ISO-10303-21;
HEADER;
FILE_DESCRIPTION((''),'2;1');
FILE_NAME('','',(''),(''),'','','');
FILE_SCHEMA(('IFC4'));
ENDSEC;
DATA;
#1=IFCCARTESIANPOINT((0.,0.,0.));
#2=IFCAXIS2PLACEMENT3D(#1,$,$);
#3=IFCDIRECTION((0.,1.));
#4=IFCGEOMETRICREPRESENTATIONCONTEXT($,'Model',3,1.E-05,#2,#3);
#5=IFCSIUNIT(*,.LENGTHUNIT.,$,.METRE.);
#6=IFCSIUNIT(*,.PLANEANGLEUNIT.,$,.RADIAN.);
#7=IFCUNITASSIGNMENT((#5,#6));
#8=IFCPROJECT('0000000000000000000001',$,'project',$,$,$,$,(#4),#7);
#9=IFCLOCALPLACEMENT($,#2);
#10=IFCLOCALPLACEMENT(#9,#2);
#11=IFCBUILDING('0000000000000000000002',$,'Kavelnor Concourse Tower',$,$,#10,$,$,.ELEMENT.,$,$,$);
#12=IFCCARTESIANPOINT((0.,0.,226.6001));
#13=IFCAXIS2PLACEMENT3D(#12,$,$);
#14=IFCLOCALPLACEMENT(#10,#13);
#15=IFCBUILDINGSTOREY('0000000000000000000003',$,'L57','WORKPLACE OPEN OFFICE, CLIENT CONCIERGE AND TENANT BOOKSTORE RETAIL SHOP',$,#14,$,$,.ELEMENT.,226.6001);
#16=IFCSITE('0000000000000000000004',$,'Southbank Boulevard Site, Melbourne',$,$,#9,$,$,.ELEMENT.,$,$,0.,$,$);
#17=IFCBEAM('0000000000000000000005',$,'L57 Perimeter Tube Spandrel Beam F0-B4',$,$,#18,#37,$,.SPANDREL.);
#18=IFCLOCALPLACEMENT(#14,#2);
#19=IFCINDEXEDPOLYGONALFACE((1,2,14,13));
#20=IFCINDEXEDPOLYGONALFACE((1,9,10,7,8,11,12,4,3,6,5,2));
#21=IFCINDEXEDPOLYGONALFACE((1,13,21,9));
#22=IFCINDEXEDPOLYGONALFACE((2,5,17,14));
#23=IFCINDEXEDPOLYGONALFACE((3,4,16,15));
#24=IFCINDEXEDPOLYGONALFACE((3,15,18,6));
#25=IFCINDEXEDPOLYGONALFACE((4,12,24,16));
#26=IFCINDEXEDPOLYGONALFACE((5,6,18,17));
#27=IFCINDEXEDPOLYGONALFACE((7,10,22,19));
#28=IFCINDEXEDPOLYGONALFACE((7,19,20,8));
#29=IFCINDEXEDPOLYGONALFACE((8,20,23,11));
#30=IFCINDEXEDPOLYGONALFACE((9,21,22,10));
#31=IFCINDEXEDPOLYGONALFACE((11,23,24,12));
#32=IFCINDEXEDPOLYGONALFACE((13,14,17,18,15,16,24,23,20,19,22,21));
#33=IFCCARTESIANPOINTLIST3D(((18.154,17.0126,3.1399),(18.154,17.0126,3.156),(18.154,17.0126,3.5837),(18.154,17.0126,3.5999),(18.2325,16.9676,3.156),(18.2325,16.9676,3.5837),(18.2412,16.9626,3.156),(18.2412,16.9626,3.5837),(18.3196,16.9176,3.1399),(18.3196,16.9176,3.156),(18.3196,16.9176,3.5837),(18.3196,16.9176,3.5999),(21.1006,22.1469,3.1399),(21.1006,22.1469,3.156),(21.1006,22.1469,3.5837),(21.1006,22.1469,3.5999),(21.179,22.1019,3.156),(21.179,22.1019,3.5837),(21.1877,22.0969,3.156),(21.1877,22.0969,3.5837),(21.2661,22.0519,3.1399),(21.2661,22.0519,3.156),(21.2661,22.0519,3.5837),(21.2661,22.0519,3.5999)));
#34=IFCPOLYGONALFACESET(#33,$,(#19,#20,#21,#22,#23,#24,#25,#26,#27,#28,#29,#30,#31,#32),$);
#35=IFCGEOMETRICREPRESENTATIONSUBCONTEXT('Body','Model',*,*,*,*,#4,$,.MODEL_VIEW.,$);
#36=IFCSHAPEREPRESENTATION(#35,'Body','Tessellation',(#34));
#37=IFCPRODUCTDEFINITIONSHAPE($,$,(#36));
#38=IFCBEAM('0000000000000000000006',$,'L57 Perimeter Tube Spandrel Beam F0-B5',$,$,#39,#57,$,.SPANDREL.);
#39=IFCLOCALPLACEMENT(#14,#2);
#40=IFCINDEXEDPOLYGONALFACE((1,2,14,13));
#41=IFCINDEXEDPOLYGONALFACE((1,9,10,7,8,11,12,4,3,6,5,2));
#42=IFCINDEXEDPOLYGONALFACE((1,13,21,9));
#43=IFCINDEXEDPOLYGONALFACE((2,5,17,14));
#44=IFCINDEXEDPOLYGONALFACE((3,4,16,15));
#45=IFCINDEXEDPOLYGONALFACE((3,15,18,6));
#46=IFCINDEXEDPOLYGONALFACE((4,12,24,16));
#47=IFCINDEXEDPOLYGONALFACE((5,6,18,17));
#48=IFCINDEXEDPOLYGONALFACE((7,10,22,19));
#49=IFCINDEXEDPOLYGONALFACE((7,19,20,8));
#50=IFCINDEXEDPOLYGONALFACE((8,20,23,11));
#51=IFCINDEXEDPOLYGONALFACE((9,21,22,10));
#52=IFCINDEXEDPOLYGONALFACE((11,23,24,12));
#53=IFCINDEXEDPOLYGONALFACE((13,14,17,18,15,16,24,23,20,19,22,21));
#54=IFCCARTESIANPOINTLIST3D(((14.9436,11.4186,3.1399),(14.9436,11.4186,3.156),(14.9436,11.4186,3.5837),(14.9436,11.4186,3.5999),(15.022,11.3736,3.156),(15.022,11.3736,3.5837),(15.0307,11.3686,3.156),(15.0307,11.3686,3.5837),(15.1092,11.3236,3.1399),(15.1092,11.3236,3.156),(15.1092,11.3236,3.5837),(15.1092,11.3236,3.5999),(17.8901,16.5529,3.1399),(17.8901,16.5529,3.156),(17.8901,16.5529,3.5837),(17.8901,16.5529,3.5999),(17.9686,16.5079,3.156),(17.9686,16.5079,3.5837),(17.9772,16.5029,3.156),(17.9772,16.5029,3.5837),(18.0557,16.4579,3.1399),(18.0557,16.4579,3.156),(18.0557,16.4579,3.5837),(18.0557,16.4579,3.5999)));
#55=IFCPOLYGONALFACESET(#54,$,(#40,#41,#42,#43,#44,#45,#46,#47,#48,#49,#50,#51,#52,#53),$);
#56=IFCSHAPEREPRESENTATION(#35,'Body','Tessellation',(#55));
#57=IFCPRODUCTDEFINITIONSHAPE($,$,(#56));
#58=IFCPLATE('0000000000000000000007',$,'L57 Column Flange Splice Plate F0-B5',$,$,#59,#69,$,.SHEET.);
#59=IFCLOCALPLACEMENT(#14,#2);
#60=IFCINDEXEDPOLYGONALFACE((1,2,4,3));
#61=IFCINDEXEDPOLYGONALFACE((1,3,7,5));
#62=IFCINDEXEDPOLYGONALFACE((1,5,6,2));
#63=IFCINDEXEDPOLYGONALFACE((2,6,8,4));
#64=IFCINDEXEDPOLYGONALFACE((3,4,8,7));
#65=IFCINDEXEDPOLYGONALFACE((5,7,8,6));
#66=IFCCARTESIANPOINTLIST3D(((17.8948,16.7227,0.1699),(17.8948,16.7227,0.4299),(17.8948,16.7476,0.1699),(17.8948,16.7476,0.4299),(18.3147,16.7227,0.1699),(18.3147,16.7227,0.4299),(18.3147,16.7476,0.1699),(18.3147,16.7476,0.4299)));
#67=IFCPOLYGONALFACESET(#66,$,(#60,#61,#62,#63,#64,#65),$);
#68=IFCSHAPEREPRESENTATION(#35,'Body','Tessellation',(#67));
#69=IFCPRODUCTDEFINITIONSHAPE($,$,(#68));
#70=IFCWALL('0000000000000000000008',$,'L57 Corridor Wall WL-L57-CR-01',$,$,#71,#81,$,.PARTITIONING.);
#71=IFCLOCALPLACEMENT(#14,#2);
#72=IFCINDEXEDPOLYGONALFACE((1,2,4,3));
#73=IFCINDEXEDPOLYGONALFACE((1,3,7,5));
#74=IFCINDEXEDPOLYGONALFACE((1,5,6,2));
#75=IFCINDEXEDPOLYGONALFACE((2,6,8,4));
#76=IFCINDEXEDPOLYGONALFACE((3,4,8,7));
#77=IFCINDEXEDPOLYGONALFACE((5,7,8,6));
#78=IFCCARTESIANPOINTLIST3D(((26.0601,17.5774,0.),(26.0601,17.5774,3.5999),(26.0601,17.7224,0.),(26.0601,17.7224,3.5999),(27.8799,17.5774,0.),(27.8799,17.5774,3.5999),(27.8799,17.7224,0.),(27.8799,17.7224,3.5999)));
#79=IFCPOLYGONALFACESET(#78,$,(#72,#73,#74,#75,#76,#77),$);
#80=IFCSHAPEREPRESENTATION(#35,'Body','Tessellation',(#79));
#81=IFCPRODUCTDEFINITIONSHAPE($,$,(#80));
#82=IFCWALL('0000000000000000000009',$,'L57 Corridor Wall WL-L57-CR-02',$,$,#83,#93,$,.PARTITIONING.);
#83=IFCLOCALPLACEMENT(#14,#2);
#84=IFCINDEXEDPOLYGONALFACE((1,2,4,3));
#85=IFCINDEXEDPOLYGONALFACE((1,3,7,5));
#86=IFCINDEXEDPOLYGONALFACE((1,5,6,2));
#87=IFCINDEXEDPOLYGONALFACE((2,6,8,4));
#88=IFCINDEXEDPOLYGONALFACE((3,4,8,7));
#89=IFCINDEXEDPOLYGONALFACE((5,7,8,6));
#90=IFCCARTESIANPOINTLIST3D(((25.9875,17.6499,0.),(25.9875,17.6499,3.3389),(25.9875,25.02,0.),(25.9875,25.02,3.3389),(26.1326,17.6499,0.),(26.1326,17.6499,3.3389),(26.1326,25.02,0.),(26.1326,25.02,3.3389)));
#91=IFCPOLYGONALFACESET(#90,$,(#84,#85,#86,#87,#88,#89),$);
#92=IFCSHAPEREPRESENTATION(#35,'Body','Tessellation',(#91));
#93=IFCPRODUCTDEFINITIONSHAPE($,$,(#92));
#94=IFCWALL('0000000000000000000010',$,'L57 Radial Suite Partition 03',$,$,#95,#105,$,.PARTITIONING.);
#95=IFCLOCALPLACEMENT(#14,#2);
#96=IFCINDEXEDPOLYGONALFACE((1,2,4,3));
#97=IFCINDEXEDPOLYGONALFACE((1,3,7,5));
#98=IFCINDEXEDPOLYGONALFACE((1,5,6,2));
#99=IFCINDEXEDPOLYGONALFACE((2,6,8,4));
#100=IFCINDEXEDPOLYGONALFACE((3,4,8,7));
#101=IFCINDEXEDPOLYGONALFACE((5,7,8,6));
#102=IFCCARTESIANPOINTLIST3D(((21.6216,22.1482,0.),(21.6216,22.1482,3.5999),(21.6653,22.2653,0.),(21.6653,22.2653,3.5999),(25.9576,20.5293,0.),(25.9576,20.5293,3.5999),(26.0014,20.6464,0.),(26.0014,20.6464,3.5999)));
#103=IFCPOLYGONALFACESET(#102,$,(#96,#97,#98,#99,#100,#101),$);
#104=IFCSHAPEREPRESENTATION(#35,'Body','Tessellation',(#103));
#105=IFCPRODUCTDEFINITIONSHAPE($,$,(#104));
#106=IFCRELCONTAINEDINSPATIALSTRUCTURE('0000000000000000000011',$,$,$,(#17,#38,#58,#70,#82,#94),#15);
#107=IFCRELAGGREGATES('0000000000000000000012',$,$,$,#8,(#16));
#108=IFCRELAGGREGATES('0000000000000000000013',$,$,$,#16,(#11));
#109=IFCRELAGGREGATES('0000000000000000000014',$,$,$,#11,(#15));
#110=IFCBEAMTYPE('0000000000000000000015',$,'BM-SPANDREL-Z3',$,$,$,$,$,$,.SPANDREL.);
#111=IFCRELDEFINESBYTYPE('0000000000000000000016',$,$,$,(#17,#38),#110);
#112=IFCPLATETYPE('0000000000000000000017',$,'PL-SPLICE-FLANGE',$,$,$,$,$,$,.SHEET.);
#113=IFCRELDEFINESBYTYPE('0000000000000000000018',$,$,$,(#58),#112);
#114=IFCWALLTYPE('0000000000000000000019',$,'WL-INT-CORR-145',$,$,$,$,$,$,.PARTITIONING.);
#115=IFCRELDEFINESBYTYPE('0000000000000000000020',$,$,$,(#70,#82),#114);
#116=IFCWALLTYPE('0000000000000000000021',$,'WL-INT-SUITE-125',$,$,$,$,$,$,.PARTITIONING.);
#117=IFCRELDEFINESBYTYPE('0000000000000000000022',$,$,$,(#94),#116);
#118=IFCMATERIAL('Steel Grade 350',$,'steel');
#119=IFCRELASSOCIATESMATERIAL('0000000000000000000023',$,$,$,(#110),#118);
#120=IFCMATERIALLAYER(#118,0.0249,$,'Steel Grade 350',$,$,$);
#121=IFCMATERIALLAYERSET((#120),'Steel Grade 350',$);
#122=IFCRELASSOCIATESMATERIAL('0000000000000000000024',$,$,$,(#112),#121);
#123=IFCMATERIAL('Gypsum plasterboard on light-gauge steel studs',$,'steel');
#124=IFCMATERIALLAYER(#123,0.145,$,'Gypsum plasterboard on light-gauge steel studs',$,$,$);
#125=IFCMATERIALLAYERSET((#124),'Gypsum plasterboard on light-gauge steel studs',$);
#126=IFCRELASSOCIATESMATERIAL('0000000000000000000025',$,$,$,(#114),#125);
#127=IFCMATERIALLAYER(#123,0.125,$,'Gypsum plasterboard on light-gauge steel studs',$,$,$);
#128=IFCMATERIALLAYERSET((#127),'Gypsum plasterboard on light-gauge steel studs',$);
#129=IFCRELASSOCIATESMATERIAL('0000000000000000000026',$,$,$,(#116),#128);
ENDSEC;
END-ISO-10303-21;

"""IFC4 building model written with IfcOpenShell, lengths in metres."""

from ifc_helpers import new_model, si_unit, direction, frame, frame_2d, origin, origin_2d, place, context, subcontext, project, spatial, rectangle, i_section, extrude, material, layer, layer_set, material_profile, profile_set, type_object, element, save


model = new_model("IFC4")

# Units and contexts
model_context = context("Model", 3, precision=1e-05, world=origin(), true_north=direction((0.0, 1.0)))
body_context = subcontext(model_context, "Body", "Model", "MODEL_VIEW")
ifc_project = project(units=[si_unit("LENGTHUNIT", "METRE"), si_unit("PLANEANGLEUNIT", "RADIAN")], contexts=[model_context])

# Site, building, storey
site_placement = place(None, origin())
site = spatial("IfcSite", under=ifc_project, at=site_placement, Name="Southbank Boulevard Site, Melbourne", CompositionType="ELEMENT", RefElevation=0.0)
building_placement = place(site_placement, origin())
building = spatial("IfcBuilding", under=site, at=building_placement, Name="Kavelnor Concourse Tower", CompositionType="ELEMENT")
storey_placement = place(building_placement, frame((0.0, 0.0, 226.6001)))
storey = spatial("IfcBuildingStorey", under=building, at=storey_placement, Name="L57", Description="WORKPLACE OPEN OFFICE, CLIENT CONCIERGE AND TENANT BOOKSTORE RETAIL SHOP", CompositionType="ELEMENT", Elevation=226.6001)

# Shared definitions
ifc_material_1 = material(Name="Steel Grade 350", Category="steel")

# Beams
ifc_material_profile_1 = material_profile(ifc_material_1, i_section(OverallWidth=0.1909, OverallDepth=0.46, WebThickness=0.01, FlangeThickness=0.0161, at=origin_2d()), Name="460UB82")
ifc_profile_set_1 = profile_set([ifc_material_profile_1], Name="Steel Grade 350")
beam_type_1 = type_object("IfcBeamType", Name="BM-SPANDREL-Z3", PredefinedType="SPANDREL", material=ifc_profile_set_1)
for number, where, z_axis, x_axis, name in (
    (1, (21.1833, 22.0994, 3.3699), (-0.49775, -0.86732, 0.0), (0.86732, -0.49775, 0.0), "L57 Perimeter Tube Spandrel Beam F0-B4"),
    (2, (17.9729, 16.5054, 3.3699), (-0.49775, -0.86732, 0.0), (0.86732, -0.49775, 0.0), "L57 Perimeter Tube Spandrel Beam F0-B5"),
):
    element("IfcBeam", number, at=place(storey_placement, frame(where, z_axis=z_axis, x_axis=x_axis)), inside=storey, type_object=beam_type_1, Name=name, PredefinedType="SPANDREL", context=body_context, shape_type="SweptSolid", body=[
        extrude(i_section(OverallWidth=0.1909, OverallDepth=0.46, WebThickness=0.01, FlangeThickness=0.0161, at=origin_2d()), origin(), (0.0, 0.0, 1.0), 5.9197),
    ])

# Plate
ifc_layer_1 = layer(ifc_material_1, 0.0249, Name="Steel Grade 350")
ifc_layer_set_1 = layer_set([ifc_layer_1], Name="Steel Grade 350")
plate_type = type_object("IfcPlateType", Name="PL-SPLICE-FLANGE", PredefinedType="SHEET", material=ifc_layer_set_1)
plate_placement = place(storey_placement, frame((18.1047, 16.7351, 0.1699), z_axis=(0.0, 0.0, 1.0), x_axis=(1.0, 0.0, 0.0)))
element("IfcPlate", 3, at=plate_placement, inside=storey, type_object=plate_type, Name="L57 Column Flange Splice Plate F0-B5", PredefinedType="SHEET", context=body_context, shape_type="SweptSolid", body=[
    extrude(rectangle(XDim=0.4199, YDim=0.0249, at=origin_2d()), origin(), (0.0, 0.0, 1.0), 0.26),
])

# Walls
ifc_material_2 = material(Name="Gypsum plasterboard on light-gauge steel studs", Category="steel")
ifc_layer_2 = layer(ifc_material_2, 0.145, Name="Gypsum plasterboard on light-gauge steel studs")
ifc_layer_set_2 = layer_set([ifc_layer_2], Name="Gypsum plasterboard on light-gauge steel studs")
wall_type_1 = type_object("IfcWallType", Name="WL-INT-CORR-145", PredefinedType="PARTITIONING", material=ifc_layer_set_2)
wall_1_placement = place(storey_placement, frame((27.8799, 17.6499, 0.0), z_axis=(0.0, 0.0, 1.0), x_axis=(-1.0, 0.0, 0.0)))
element("IfcWall", 4, at=wall_1_placement, inside=storey, type_object=wall_type_1, Name="L57 Corridor Wall WL-L57-CR-01", PredefinedType="PARTITIONING", context=body_context, shape_type="SweptSolid", body=[
    extrude(rectangle(XDim=1.8198, YDim=0.145, at=frame_2d((0.9099, 0.0))), origin(), (0.0, 0.0, 1.0), 3.5999),
])
wall_2_placement = place(storey_placement, frame((26.0601, 17.6499, 0.0), z_axis=(0.0, 0.0, 1.0), x_axis=(0.0, 1.0, 0.0)))
element("IfcWall", 5, at=wall_2_placement, inside=storey, type_object=wall_type_1, Name="L57 Corridor Wall WL-L57-CR-02", PredefinedType="PARTITIONING", context=body_context, shape_type="SweptSolid", body=[
    extrude(rectangle(XDim=7.3701, YDim=0.145, at=frame_2d((3.6851, 0.0))), origin(), (0.0, 0.0, 1.0), 3.3389),
])
ifc_layer_3 = layer(ifc_material_2, 0.125, Name="Gypsum plasterboard on light-gauge steel studs")
ifc_layer_set_3 = layer_set([ifc_layer_3], Name="Gypsum plasterboard on light-gauge steel studs")
wall_type_2 = type_object("IfcWallType", Name="WL-INT-SUITE-125", PredefinedType="PARTITIONING", material=ifc_layer_set_3)
wall_3_placement = place(storey_placement, frame((25.9795, 20.5879, 0.0), z_axis=(0.0, 0.0, 1.0), x_axis=(-0.936838, 0.349765, 0.0)))
element("IfcWall", 6, at=wall_3_placement, inside=storey, type_object=wall_type_2, Name="L57 Radial Suite Partition 03", PredefinedType="PARTITIONING", context=body_context, shape_type="SweptSolid", body=[
    extrude(rectangle(XDim=4.6284, YDim=0.125, at=frame_2d((2.3142, 0.0))), origin(), (0.0, 0.0, 1.0), 3.5999),
])

save(model, "model.ifc")
